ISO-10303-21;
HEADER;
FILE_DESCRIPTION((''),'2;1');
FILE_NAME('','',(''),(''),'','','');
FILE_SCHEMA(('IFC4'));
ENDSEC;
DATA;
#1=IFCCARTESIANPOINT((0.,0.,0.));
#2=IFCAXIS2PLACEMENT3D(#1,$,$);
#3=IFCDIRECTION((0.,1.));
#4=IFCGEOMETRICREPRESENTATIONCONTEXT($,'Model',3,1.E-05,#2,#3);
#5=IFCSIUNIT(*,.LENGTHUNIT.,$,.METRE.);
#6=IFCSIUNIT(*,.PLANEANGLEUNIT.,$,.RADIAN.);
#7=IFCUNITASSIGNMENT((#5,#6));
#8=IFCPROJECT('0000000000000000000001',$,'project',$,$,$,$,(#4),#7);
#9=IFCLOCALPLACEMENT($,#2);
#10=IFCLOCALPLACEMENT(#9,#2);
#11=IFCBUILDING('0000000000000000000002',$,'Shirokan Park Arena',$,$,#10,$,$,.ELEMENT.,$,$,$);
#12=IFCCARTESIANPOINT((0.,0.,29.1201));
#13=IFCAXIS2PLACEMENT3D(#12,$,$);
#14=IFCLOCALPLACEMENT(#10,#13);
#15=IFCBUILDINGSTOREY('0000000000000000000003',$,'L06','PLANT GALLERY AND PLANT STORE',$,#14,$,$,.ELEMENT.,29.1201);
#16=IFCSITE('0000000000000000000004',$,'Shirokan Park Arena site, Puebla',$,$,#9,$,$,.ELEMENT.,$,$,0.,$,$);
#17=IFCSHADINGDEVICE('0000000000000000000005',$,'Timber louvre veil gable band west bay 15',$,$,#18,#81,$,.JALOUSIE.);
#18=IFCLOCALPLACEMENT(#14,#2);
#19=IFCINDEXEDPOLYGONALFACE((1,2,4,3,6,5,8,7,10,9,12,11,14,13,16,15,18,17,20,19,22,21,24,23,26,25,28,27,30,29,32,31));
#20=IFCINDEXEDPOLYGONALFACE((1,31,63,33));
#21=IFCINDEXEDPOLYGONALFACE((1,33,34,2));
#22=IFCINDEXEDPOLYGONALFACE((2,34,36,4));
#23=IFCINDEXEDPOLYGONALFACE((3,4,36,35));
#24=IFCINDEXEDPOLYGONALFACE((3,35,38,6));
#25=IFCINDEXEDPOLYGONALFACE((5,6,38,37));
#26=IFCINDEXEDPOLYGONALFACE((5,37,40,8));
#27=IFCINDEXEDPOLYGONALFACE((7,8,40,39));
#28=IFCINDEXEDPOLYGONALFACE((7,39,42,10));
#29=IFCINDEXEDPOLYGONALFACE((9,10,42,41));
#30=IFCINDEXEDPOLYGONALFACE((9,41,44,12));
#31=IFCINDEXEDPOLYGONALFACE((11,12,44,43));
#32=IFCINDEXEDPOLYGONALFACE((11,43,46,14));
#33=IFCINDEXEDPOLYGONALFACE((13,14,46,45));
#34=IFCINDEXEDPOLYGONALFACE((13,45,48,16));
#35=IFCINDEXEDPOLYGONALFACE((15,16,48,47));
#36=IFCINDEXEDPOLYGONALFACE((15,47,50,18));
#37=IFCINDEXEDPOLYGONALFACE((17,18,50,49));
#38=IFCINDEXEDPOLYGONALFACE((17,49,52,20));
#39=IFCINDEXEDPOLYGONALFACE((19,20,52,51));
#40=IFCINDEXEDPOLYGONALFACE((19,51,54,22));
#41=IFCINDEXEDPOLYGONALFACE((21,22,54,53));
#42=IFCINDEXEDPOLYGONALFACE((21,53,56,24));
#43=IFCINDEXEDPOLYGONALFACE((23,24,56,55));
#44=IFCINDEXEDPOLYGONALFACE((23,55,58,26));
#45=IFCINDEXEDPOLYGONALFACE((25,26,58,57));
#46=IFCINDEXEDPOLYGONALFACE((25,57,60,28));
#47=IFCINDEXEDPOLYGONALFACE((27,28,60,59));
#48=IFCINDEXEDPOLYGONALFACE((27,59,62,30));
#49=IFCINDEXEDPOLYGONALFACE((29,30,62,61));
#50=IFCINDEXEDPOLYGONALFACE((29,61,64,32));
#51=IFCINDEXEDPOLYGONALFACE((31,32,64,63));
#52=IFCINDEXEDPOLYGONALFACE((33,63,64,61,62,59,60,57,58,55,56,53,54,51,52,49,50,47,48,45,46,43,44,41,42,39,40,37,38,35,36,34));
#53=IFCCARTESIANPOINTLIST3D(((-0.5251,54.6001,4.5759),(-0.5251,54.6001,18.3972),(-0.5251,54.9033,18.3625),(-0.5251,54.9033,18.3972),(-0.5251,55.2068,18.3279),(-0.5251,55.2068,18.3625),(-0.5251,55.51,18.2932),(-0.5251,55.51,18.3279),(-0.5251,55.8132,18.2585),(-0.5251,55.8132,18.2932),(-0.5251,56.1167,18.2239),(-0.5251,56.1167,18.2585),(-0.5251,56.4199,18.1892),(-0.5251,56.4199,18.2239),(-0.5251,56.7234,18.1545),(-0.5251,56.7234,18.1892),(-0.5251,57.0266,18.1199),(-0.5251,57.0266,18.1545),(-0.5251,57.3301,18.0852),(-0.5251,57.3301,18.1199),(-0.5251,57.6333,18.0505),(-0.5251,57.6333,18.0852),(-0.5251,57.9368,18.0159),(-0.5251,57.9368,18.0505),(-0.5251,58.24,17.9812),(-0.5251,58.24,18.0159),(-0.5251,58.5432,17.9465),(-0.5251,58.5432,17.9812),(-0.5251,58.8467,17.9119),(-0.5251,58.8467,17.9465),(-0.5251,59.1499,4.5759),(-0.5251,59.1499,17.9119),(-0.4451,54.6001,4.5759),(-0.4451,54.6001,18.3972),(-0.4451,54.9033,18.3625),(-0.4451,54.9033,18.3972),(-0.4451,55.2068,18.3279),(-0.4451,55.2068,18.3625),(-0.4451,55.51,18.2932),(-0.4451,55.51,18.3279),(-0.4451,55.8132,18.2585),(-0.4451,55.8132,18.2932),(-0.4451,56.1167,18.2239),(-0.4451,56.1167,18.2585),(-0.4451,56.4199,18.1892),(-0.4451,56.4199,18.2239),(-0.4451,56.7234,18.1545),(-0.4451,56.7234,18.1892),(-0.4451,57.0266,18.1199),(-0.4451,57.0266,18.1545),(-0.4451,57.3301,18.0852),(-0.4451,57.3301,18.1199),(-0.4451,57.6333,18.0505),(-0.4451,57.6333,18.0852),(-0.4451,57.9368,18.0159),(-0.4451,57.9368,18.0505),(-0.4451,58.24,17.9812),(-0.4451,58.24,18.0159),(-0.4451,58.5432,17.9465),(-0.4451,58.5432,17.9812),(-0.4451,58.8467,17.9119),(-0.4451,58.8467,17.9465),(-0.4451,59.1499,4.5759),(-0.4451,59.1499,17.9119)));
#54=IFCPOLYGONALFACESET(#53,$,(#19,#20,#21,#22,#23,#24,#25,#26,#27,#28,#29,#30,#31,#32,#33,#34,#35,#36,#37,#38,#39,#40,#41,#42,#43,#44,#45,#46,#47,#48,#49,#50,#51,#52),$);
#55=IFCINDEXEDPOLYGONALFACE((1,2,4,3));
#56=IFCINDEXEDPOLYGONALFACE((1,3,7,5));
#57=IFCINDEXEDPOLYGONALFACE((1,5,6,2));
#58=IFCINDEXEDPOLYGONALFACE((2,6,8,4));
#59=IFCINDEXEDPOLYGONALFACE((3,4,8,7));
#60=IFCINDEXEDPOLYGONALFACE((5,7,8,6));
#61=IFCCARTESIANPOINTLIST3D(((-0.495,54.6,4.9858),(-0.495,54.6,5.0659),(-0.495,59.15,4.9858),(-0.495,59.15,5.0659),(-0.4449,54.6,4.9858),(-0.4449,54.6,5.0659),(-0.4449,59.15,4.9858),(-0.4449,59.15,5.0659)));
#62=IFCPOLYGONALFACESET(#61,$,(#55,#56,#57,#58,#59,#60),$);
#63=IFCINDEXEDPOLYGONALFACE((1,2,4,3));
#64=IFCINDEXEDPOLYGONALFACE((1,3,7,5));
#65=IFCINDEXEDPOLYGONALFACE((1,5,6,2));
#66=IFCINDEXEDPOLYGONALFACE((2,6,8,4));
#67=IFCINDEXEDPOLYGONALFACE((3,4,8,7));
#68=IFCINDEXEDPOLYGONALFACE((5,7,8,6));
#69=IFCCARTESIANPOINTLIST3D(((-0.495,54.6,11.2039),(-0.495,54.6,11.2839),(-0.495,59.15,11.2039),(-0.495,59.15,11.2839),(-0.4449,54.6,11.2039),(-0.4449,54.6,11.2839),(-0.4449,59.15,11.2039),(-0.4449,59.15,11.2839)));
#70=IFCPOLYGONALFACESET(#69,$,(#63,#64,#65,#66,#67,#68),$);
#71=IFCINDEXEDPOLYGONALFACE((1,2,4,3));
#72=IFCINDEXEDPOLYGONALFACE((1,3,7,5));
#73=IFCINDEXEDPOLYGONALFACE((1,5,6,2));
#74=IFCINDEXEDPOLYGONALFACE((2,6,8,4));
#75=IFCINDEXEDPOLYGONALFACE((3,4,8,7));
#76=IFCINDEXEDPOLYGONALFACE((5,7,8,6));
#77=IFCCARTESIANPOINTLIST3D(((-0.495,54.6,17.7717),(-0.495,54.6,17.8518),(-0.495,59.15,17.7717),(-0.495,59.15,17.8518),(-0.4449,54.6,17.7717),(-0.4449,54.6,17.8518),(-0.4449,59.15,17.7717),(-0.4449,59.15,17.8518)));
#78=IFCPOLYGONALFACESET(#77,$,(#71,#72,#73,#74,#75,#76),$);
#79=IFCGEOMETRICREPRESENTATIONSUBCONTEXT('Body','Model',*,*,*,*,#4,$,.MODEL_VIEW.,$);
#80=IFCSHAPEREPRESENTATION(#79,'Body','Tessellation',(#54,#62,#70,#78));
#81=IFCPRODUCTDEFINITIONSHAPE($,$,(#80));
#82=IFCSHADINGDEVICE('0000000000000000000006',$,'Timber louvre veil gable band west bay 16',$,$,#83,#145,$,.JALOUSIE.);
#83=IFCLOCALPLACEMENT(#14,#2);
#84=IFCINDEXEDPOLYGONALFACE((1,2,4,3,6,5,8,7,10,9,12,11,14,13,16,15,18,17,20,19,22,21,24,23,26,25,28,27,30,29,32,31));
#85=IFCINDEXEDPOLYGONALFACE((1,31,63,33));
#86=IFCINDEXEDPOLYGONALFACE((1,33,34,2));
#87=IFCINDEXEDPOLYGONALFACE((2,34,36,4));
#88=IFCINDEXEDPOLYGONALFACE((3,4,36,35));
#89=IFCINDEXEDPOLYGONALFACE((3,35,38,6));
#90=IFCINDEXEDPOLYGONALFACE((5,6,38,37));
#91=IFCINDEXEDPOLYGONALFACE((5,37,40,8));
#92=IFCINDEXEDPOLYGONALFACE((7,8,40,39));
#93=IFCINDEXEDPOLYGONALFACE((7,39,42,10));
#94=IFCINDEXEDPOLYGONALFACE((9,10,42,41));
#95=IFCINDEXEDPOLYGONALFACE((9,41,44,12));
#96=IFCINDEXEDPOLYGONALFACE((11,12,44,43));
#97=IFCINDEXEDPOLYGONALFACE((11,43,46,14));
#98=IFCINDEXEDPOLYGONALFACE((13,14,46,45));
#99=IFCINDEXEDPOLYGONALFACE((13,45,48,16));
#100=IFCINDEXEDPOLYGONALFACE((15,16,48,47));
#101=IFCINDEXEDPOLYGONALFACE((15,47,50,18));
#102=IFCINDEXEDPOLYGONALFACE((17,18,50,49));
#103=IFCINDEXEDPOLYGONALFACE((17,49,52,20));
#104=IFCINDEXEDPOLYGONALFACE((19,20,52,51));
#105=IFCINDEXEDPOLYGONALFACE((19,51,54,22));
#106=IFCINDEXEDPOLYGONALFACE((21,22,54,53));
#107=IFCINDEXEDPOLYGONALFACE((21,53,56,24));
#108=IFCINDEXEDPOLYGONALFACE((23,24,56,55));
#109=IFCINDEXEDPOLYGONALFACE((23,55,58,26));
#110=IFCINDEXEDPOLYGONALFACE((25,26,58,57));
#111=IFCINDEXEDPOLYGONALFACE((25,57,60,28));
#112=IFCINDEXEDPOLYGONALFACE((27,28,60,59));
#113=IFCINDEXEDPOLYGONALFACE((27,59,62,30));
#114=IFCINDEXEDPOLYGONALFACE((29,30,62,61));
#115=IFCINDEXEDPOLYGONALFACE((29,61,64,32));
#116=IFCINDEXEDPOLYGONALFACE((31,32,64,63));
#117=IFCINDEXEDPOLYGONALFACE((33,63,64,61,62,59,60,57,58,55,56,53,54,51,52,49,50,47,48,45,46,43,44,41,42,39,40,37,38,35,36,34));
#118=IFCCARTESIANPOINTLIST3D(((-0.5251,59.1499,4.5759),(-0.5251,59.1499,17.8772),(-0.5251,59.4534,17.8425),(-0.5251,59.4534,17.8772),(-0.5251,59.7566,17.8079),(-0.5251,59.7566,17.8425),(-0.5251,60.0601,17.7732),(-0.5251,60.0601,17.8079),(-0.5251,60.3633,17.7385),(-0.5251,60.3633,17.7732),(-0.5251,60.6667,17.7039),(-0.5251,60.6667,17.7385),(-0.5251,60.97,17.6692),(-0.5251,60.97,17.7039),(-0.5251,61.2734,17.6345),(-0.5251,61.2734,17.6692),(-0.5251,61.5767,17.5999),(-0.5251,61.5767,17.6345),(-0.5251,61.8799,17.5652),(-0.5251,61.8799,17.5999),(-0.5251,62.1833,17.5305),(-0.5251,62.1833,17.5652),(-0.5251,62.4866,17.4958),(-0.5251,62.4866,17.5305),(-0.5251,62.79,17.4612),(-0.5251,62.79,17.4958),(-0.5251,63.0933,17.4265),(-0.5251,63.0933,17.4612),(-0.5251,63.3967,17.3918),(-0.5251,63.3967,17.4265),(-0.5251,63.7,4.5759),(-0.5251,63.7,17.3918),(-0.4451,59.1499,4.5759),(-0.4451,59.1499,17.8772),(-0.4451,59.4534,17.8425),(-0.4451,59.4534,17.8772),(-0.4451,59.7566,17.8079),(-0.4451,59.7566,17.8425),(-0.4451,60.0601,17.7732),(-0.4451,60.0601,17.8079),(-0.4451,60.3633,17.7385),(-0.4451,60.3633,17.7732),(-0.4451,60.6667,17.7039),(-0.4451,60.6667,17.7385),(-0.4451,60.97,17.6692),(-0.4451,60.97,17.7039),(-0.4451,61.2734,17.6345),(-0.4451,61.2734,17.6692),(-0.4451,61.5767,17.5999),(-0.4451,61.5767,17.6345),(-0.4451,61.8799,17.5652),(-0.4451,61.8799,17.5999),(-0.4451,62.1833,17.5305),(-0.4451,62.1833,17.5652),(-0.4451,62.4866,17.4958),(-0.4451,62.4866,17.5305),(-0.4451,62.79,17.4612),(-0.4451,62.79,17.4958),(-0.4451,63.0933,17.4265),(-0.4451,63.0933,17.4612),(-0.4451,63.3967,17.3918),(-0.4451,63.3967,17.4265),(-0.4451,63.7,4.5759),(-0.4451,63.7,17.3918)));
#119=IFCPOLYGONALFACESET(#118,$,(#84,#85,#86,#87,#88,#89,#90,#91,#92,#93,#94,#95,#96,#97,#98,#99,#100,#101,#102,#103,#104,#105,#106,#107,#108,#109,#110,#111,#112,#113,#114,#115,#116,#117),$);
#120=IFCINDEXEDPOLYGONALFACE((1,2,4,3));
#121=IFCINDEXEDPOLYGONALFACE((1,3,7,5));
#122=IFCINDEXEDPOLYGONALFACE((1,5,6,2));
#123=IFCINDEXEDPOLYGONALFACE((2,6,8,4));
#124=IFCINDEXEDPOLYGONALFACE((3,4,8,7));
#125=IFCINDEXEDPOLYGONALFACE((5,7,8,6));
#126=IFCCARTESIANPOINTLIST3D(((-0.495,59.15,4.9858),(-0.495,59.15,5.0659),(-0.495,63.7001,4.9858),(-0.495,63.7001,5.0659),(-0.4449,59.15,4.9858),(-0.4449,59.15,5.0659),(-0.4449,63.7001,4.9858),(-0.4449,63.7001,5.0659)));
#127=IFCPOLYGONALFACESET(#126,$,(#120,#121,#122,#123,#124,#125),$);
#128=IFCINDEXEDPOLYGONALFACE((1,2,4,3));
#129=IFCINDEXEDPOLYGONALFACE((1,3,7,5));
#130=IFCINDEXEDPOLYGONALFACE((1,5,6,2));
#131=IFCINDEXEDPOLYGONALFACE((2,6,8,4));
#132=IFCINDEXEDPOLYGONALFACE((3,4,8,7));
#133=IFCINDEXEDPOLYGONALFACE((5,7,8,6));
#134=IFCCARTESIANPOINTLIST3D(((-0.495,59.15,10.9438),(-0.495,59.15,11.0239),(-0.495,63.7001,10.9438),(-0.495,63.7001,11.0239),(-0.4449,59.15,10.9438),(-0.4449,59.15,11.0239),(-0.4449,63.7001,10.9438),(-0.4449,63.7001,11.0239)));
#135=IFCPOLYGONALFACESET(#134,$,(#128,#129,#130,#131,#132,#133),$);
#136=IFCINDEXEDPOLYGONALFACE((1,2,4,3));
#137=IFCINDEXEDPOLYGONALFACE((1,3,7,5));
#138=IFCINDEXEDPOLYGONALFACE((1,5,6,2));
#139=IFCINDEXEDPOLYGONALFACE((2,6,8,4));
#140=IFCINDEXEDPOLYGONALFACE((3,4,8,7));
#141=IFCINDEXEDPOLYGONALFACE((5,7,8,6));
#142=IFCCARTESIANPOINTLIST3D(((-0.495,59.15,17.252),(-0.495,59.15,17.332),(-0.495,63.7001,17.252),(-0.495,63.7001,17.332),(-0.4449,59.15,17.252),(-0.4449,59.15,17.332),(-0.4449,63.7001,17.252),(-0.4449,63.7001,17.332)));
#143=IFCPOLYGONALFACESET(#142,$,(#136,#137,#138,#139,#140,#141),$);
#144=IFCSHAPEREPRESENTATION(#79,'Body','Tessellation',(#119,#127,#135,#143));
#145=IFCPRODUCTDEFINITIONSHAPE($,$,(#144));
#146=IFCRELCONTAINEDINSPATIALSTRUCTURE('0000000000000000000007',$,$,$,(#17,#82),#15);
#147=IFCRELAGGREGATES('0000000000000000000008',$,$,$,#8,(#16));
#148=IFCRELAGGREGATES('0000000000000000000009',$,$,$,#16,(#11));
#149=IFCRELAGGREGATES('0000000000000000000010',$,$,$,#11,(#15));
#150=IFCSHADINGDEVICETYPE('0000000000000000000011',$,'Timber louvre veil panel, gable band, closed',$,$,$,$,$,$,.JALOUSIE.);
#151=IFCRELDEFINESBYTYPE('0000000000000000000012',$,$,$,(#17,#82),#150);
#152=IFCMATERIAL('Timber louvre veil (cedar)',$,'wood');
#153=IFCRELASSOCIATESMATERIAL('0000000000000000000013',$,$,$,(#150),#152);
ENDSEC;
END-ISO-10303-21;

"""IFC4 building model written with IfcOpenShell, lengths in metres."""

from ifc_helpers import new_model, si_unit, direction, frame, origin, origin_2d, place, context, subcontext, project, spatial, polyline, rectangle, outline, extrude, material, type_object, element, save


model = new_model("IFC4")

# Units and contexts
model_context = context("Model", 3, precision=1e-05, world=origin(), true_north=direction((0.0, 1.0)))
body_context = subcontext(model_context, "Body", "Model", "MODEL_VIEW")
ifc_project = project(units=[si_unit("LENGTHUNIT", "METRE"), si_unit("PLANEANGLEUNIT", "RADIAN")], contexts=[model_context])

# Site, building, storey
site_placement = place(None, origin())
site = spatial("IfcSite", under=ifc_project, at=site_placement, Name="Shirokan Park Arena site, Puebla", CompositionType="ELEMENT", RefElevation=0.0)
building_placement = place(site_placement, origin())
building = spatial("IfcBuilding", under=site, at=building_placement, Name="Shirokan Park Arena", CompositionType="ELEMENT")
storey_placement = place(building_placement, frame((0.0, 0.0, 29.1201)))
storey = spatial("IfcBuildingStorey", under=building, at=storey_placement, Name="L06", Description="PLANT GALLERY AND PLANT STORE", CompositionType="ELEMENT", Elevation=29.1201)

# Shading devices
ifc_material = material(Name="Timber louvre veil (cedar)", Category="wood")
shading_device_type_1 = type_object("IfcShadingDeviceType", Name="Timber louvre veil panel, gable band, closed", PredefinedType="JALOUSIE", material=ifc_material)
shading_device_1_placement = place(storey_placement, origin())
element("IfcShadingDevice", 1, at=shading_device_1_placement, inside=storey, type_object=shading_device_type_1, Name="Timber louvre veil gable band west bay 15", PredefinedType="JALOUSIE", context=body_context, shape_type="SweptSolid", body=[
    extrude(outline(polyline([(59.1499, 4.5759), (59.1499, 17.9119), (58.8467, 17.9119), (58.8467, 17.9465), (58.5432, 17.9465), (58.5432, 17.9812), (58.24, 17.9812), (58.24, 18.0159), (57.9368, 18.0159), (57.9368, 18.0505), (57.6333, 18.0505), (57.6333, 18.0852), (57.3301, 18.0852), (57.3301, 18.1199), (57.0266, 18.1199), (57.0266, 18.1545), (56.7234, 18.1545), (56.7234, 18.1892), (56.4199, 18.1892), (56.4199, 18.2239), (56.1167, 18.2239), (56.1167, 18.2585), (55.8132, 18.2585), (55.8132, 18.2932), (55.51, 18.2932), (55.51, 18.3279), (55.2068, 18.3279), (55.2068, 18.3625), (54.9033, 18.3625), (54.9033, 18.3972), (54.6001, 18.3972), (54.6001, 4.5759), (59.1499, 4.5759)])), frame((-0.5251, 0.0, 0.0), z_axis=(1.0, 0.0, 0.0), x_axis=(0.0, 1.0, 0.0)), (0.0, 0.0, 1.0), 0.0801),
    extrude(rectangle(XDim=0.05, YDim=4.55, at=origin_2d()), frame((-0.47, 56.875, 4.9858), z_axis=(0.0, 0.0, 1.0), x_axis=(1.0, 0.0, 0.0)), (0.0, 0.0, 1.0), 0.0801),
    extrude(rectangle(XDim=0.05, YDim=4.55, at=origin_2d()), frame((-0.47, 56.875, 11.2039), z_axis=(0.0, 0.0, 1.0), x_axis=(1.0, 0.0, 0.0)), (0.0, 0.0, 1.0), 0.0801),
    extrude(rectangle(XDim=0.05, YDim=4.55, at=origin_2d()), frame((-0.47, 56.875, 17.7717), z_axis=(0.0, 0.0, 1.0), x_axis=(1.0, 0.0, 0.0)), (0.0, 0.0, 1.0), 0.0801),
])
shading_device_2_placement = place(storey_placement, origin())
element("IfcShadingDevice", 2, at=shading_device_2_placement, inside=storey, type_object=shading_device_type_1, Name="Timber louvre veil gable band west bay 16", PredefinedType="JALOUSIE", context=body_context, shape_type="SweptSolid", body=[
    extrude(outline(polyline([(63.7, 4.5759), (63.7, 17.3918), (63.3967, 17.3918), (63.3967, 17.4265), (63.0933, 17.4265), (63.0933, 17.4612), (62.79, 17.4612), (62.79, 17.4958), (62.4866, 17.4958), (62.4866, 17.5305), (62.1833, 17.5305), (62.1833, 17.5652), (61.8799, 17.5652), (61.8799, 17.5999), (61.5767, 17.5999), (61.5767, 17.6345), (61.2734, 17.6345), (61.2734, 17.6692), (60.97, 17.6692), (60.97, 17.7039), (60.6667, 17.7039), (60.6667, 17.7385), (60.3633, 17.7385), (60.3633, 17.7732), (60.0601, 17.7732), (60.0601, 17.8079), (59.7566, 17.8079), (59.7566, 17.8425), (59.4534, 17.8425), (59.4534, 17.8772), (59.1499, 17.8772), (59.1499, 4.5759), (63.7, 4.5759)])), frame((-0.5251, 0.0, 0.0), z_axis=(1.0, 0.0, 0.0), x_axis=(0.0, 1.0, 0.0)), (0.0, 0.0, 1.0), 0.0801),
    extrude(rectangle(XDim=0.05, YDim=4.55, at=origin_2d()), frame((-0.47, 61.425, 4.9858), z_axis=(0.0, 0.0, 1.0), x_axis=(1.0, 0.0, 0.0)), (0.0, 0.0, 1.0), 0.0801),
    extrude(rectangle(XDim=0.05, YDim=4.55, at=origin_2d()), frame((-0.47, 61.425, 10.9438), z_axis=(0.0, 0.0, 1.0), x_axis=(1.0, 0.0, 0.0)), (0.0, 0.0, 1.0), 0.0801),
    extrude(rectangle(XDim=0.05, YDim=4.55, at=origin_2d()), frame((-0.47, 61.425, 17.252), z_axis=(0.0, 0.0, 1.0), x_axis=(1.0, 0.0, 0.0)), (0.0, 0.0, 1.0), 0.0801),
])

save(model, "model.ifc")
